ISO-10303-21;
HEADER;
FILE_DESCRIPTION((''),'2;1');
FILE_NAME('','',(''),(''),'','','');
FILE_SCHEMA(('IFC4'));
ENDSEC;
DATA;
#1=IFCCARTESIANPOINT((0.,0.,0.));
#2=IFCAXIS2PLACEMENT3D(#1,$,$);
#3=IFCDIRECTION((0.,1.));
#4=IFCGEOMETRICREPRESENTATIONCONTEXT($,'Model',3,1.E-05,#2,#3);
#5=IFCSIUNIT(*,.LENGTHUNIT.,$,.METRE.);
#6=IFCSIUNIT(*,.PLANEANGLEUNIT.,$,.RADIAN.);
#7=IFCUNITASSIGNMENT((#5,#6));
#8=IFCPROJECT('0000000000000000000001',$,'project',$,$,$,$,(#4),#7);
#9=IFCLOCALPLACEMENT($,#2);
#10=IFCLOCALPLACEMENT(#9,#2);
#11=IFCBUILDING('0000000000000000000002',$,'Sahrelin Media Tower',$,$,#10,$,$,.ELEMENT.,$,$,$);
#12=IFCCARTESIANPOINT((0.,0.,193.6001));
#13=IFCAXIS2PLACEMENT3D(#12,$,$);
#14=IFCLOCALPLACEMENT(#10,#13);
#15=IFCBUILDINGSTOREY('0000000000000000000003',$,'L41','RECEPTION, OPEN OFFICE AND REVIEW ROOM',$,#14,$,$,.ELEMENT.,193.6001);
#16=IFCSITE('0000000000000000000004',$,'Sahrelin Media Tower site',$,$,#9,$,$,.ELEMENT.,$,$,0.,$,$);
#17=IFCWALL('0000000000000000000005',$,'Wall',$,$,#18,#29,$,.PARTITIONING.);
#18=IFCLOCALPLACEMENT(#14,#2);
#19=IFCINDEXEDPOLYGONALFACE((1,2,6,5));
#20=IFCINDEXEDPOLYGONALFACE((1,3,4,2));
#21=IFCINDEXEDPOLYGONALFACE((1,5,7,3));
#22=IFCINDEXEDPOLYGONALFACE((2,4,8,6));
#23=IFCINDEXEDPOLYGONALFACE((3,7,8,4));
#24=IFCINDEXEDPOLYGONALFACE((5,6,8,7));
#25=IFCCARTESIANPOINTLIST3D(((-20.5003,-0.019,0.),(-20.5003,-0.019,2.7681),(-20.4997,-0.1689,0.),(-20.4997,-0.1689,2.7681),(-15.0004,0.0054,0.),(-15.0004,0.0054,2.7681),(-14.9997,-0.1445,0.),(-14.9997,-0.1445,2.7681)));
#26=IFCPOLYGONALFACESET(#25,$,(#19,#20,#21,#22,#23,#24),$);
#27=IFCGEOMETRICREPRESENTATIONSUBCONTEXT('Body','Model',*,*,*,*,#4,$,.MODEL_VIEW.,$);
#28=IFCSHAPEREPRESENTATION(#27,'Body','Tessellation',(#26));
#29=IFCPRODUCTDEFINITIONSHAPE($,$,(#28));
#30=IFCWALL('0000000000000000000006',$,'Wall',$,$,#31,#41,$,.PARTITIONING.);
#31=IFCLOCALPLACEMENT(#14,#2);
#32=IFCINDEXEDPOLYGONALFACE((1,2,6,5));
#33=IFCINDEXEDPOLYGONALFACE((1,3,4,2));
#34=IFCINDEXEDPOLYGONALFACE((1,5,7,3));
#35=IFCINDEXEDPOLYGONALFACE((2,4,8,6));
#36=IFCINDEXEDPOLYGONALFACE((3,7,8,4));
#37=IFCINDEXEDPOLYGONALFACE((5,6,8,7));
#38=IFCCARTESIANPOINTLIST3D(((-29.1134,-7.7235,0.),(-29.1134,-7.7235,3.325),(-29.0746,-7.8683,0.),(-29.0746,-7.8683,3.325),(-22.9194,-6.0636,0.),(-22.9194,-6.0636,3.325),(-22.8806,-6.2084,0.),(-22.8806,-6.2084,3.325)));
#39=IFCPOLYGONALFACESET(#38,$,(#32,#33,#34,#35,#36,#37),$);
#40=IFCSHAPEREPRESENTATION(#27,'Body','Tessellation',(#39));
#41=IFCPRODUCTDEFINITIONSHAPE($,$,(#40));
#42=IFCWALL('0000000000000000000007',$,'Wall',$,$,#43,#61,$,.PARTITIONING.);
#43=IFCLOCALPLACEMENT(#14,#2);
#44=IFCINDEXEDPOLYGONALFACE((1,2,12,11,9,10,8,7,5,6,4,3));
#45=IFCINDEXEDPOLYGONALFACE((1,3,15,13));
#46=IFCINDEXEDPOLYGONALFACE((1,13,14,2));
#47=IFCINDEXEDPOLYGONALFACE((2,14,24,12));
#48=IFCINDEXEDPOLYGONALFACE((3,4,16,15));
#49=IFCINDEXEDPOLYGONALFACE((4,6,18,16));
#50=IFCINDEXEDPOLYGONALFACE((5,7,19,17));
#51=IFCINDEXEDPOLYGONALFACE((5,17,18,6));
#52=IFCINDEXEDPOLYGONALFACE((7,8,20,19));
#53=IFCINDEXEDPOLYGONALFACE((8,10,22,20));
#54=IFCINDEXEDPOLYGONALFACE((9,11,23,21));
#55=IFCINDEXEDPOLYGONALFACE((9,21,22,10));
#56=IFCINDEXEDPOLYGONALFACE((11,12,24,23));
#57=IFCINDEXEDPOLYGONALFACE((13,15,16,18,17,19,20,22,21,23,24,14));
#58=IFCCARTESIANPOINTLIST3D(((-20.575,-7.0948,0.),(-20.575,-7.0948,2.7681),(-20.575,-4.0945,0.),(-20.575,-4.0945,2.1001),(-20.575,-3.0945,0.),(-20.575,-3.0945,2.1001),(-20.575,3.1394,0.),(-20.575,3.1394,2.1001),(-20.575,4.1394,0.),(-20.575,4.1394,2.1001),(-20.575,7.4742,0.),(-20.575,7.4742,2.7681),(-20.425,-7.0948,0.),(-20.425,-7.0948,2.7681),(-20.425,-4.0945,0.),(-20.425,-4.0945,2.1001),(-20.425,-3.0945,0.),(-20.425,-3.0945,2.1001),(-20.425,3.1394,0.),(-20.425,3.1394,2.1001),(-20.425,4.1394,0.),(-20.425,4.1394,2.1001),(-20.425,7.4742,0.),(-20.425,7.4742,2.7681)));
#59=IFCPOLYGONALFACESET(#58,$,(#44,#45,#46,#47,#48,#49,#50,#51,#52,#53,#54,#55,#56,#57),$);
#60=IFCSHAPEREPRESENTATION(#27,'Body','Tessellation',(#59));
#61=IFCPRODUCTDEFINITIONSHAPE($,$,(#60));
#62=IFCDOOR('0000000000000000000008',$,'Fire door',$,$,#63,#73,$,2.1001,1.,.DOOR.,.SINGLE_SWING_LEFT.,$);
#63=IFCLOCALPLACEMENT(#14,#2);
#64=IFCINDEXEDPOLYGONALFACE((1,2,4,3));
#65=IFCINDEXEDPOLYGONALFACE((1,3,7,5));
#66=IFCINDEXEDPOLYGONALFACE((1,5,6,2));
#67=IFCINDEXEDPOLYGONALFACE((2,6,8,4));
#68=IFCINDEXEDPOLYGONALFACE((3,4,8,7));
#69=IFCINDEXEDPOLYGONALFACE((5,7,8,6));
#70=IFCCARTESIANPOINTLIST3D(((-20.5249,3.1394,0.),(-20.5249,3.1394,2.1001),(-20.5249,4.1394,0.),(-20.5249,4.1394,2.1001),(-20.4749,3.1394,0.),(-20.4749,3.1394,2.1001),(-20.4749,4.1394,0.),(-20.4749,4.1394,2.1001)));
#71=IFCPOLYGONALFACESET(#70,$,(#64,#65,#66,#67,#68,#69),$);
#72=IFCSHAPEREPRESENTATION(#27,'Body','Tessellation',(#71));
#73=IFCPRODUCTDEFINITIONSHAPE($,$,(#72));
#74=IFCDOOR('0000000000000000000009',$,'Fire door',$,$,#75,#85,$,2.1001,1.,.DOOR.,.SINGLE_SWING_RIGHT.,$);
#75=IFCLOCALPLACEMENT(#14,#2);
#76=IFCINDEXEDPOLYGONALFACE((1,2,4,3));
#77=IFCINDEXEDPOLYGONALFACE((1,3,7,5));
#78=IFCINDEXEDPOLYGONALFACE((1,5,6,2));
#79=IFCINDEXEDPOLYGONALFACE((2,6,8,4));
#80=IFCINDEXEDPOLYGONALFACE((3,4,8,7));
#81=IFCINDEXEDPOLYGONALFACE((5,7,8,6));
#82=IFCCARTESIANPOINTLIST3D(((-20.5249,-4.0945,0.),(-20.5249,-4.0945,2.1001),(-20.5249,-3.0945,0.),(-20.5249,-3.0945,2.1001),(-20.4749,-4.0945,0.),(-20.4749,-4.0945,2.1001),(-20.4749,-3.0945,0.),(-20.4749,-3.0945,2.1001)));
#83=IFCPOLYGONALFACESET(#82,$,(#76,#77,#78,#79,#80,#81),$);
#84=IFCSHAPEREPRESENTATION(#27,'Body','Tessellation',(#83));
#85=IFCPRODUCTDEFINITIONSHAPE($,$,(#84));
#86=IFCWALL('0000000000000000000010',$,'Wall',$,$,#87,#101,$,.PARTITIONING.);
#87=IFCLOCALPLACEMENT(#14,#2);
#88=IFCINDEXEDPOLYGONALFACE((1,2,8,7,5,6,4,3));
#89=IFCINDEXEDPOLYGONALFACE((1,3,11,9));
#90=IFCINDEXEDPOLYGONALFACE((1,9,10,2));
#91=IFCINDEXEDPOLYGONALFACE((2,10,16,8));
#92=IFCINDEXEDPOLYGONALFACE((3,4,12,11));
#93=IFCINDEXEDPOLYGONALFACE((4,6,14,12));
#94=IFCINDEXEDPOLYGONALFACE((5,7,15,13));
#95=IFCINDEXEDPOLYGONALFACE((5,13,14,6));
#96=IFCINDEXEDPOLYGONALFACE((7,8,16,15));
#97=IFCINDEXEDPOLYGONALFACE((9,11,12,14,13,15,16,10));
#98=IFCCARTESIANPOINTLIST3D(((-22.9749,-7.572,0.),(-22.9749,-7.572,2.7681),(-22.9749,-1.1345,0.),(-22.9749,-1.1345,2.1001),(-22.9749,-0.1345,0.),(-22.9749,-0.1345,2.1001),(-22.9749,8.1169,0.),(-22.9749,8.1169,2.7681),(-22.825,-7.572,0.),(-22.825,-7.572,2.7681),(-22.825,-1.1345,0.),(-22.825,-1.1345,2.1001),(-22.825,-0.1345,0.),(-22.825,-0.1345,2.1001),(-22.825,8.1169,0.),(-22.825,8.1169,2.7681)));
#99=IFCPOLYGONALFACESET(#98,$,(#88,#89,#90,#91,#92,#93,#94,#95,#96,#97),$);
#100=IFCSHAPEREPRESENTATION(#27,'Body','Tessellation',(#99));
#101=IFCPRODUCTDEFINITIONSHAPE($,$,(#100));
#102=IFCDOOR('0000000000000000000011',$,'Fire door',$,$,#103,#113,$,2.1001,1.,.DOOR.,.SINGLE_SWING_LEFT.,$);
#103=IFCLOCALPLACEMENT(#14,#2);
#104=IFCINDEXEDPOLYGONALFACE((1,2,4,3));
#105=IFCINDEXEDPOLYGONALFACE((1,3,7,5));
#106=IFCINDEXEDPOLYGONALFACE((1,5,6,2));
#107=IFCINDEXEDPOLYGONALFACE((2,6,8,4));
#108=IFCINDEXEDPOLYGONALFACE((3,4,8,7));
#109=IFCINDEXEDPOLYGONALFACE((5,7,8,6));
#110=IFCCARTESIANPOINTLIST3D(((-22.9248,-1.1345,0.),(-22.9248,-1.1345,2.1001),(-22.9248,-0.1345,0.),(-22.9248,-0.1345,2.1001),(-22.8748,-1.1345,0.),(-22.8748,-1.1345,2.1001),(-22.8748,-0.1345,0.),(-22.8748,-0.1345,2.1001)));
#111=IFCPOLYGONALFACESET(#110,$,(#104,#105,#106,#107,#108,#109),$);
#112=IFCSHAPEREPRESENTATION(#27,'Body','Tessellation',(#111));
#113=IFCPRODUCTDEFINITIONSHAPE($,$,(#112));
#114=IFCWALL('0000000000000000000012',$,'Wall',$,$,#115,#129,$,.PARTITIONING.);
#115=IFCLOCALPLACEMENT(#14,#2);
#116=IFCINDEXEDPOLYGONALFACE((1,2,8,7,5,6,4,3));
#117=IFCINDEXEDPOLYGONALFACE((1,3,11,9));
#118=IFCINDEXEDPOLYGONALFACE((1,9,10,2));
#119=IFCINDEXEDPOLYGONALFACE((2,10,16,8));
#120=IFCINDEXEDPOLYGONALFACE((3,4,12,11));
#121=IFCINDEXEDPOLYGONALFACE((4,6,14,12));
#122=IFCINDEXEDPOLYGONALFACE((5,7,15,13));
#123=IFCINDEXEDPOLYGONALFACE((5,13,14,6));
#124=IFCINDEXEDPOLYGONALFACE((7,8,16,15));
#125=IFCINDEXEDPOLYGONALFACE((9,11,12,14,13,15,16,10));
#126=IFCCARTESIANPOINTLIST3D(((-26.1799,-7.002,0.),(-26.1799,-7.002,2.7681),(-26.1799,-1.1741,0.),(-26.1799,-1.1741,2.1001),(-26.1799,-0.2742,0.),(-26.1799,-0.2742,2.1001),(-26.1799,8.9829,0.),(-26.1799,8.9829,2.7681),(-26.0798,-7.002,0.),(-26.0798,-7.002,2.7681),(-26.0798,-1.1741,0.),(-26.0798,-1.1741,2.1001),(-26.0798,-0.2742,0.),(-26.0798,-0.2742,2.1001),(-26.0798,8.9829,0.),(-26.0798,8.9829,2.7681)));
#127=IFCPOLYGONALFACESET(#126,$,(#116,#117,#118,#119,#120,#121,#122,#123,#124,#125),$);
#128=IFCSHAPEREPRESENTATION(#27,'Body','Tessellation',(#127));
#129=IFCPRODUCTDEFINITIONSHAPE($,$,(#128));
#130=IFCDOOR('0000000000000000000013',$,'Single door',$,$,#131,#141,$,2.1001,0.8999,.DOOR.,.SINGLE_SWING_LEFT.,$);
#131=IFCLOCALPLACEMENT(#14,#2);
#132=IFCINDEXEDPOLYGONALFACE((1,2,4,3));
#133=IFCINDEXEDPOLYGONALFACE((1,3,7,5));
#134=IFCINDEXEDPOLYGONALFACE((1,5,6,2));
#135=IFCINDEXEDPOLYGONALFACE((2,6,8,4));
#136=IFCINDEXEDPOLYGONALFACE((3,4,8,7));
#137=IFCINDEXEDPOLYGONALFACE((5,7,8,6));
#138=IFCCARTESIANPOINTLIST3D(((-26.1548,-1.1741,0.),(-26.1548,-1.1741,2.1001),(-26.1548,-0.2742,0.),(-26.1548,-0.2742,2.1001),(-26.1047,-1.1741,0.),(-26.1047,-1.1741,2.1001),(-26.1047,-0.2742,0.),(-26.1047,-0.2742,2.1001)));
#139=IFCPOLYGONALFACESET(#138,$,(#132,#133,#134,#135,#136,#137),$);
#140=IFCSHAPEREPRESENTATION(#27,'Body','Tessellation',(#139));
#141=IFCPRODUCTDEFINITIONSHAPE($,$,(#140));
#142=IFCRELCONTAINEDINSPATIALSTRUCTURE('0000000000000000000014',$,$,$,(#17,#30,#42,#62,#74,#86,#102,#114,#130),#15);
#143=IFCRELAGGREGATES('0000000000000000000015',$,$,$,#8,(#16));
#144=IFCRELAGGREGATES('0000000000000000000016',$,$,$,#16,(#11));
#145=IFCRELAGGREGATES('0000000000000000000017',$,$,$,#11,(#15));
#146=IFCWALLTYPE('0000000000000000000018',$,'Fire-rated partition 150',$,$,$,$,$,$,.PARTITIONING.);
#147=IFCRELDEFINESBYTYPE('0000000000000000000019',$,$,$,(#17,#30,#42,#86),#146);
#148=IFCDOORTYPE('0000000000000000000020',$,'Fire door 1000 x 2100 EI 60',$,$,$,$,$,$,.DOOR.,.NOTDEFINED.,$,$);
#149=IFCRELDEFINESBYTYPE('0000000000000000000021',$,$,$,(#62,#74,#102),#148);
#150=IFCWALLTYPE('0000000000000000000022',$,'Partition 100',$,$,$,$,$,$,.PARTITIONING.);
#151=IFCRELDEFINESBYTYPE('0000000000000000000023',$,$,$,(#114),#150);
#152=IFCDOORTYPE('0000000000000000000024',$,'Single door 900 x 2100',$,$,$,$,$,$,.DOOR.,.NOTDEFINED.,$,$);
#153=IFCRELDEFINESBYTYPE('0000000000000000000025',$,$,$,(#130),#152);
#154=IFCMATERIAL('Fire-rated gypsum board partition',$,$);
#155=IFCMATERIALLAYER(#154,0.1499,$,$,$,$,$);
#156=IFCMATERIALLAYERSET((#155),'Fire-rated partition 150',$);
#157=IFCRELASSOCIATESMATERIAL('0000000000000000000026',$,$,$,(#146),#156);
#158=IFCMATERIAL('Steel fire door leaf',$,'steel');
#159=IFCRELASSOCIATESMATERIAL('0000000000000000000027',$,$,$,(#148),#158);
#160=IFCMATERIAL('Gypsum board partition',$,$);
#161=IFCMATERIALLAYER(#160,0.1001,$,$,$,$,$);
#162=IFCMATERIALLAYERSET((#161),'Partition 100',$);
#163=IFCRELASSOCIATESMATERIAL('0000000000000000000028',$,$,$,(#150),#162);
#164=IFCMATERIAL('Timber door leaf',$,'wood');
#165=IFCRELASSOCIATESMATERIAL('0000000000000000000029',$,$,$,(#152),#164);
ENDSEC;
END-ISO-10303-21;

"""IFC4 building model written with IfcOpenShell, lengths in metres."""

from ifc_helpers import new_model, si_unit, direction, frame, frame_2d, origin, place, context, subcontext, project, spatial, rectangle, extrude, material, layer, layer_set, type_object, element, fill, save


model = new_model("IFC4")

# Units and contexts
model_context = context("Model", 3, precision=1e-05, world=origin(), true_north=direction((0.0, 1.0)))
body_context = subcontext(model_context, "Body", "Model", "MODEL_VIEW")
ifc_project = project(units=[si_unit("LENGTHUNIT", "METRE"), si_unit("PLANEANGLEUNIT", "RADIAN")], contexts=[model_context])

# Site, building, storey
site_placement = place(None, origin())
site = spatial("IfcSite", under=ifc_project, at=site_placement, Name="Sahrelin Media Tower site", CompositionType="ELEMENT", RefElevation=0.0)
building_placement = place(site_placement, origin())
building = spatial("IfcBuilding", under=site, at=building_placement, Name="Sahrelin Media Tower", CompositionType="ELEMENT")
storey_placement = place(building_placement, frame((0.0, 0.0, 193.6001)))
storey = spatial("IfcBuildingStorey", under=building, at=storey_placement, Name="L41", Description="RECEPTION, OPEN OFFICE AND REVIEW ROOM", CompositionType="ELEMENT", Elevation=193.6001)

# Shared definitions
ifc_material_1 = material(Name="Fire-rated gypsum board partition")
ifc_layer_1 = layer(ifc_material_1, 0.1499)
ifc_layer_set_1 = layer_set([ifc_layer_1], Name="Fire-rated partition 150")
wall_type_1 = type_object("IfcWallType", Name="Fire-rated partition 150", PredefinedType="PARTITIONING", material=ifc_layer_set_1)
ifc_material_2 = material(Name="Steel fire door leaf", Category="steel")
door_type_1 = type_object("IfcDoorType", Name="Fire door 1000 x 2100 EI 60", OperationType="NOTDEFINED", PredefinedType="DOOR", material=ifc_material_2)

# Walls
wall_1_placement = place(storey_placement, frame((-20.5, -0.094, 0.0), z_axis=(0.0, 0.0, 1.0), x_axis=(0.99999, 0.004439, 0.0)))
element("IfcWall", 1, at=wall_1_placement, inside=storey, type_object=wall_type_1, Name="Wall", PredefinedType="PARTITIONING", context=body_context, shape_type="SweptSolid", body=[
    extrude(rectangle(XDim=5.5, YDim=0.1499, at=frame_2d((2.75, 0.0))), origin(), (0.0, 0.0, 1.0), 2.7681),
])
wall_2_placement = place(storey_placement, frame((-29.094, -7.7959, 0.0), z_axis=(0.0, 0.0, 1.0), x_axis=(0.965918, 0.25885, 0.0)))
element("IfcWall", 2, at=wall_2_placement, inside=storey, type_object=wall_type_1, Name="Wall", PredefinedType="PARTITIONING", context=body_context, shape_type="SweptSolid", body=[
    extrude(rectangle(XDim=6.4126, YDim=0.1499, at=frame_2d((3.2063, 0.0))), origin(), (0.0, 0.0, 1.0), 3.325),
])

# Wall, openings, doors
wall_3_placement = place(storey_placement, frame((-20.5, -7.095, 0.0), z_axis=(0.0, 0.0, 1.0), x_axis=(0.0, 1.0, 0.0)))
wall_3 = element("IfcWall", 3, at=wall_3_placement, inside=storey, type_object=wall_type_1, Name="Wall", PredefinedType="PARTITIONING", context=body_context, shape_type="SweptSolid", body=[
    extrude(rectangle(XDim=14.5691, YDim=0.1499, at=frame_2d((7.2847, 0.0))), origin(), (0.0, 0.0, 1.0), 2.7681),
])
opening_1_placement = place(wall_3_placement, frame((10.2344, 0.0, 0.0)))
opening_1 = element("IfcOpeningElement", 4, at=opening_1_placement, cuts=wall_3, PredefinedType="OPENING", context=body_context, shape_type="SweptSolid", body=[
    extrude(rectangle(XDim=1.0, YDim=2.1001, at=frame_2d((0.5, 1.05))), frame((0.0, 0.075, 0.0), z_axis=(0.0, -1.0, 0.0), x_axis=(1.0, 0.0, 0.0)), (0.0, 0.0, 1.0), 0.1499),
])
opening_2_placement = place(wall_3_placement, frame((3.0005, 0.0, 0.0)))
opening_2 = element("IfcOpeningElement", 5, at=opening_2_placement, cuts=wall_3, PredefinedType="OPENING", context=body_context, shape_type="SweptSolid", body=[
    extrude(rectangle(XDim=1.0, YDim=2.1001, at=frame_2d((0.5, 1.05))), frame((0.0, 0.075, 0.0), z_axis=(0.0, -1.0, 0.0), x_axis=(1.0, 0.0, 0.0)), (0.0, 0.0, 1.0), 0.1499),
])
door_1_placement = place(opening_1_placement, origin())
door_1 = element("IfcDoor", 6, at=door_1_placement, inside=storey, type_object=door_type_1, Name="Fire door", OperationType="SINGLE_SWING_LEFT", OverallHeight=2.1001, OverallWidth=1.0, PredefinedType="DOOR", context=body_context, shape_type="SweptSolid", body=[
    extrude(rectangle(XDim=1.0, YDim=2.1001, at=frame_2d((0.5, 1.05))), frame((0.0, 0.0249, 0.0), z_axis=(0.0, -1.0, 0.0), x_axis=(1.0, 0.0, 0.0)), (0.0, 0.0, 1.0), 0.05),
])
fill(opening_1, door_1)
door_2_placement = place(opening_2_placement, origin())
door_2 = element("IfcDoor", 7, at=door_2_placement, inside=storey, type_object=door_type_1, Name="Fire door", OperationType="SINGLE_SWING_RIGHT", OverallHeight=2.1001, OverallWidth=1.0, PredefinedType="DOOR", context=body_context, shape_type="SweptSolid", body=[
    extrude(rectangle(XDim=1.0, YDim=2.1001, at=frame_2d((0.5, 1.05))), frame((0.0, 0.0249, 0.0), z_axis=(0.0, -1.0, 0.0), x_axis=(1.0, 0.0, 0.0)), (0.0, 0.0, 1.0), 0.05),
])
fill(opening_2, door_2)

# Walls, openings, doors
wall_4_placement = place(storey_placement, frame((-22.8999, -7.572, 0.0), z_axis=(0.0, 0.0, 1.0), x_axis=(0.0, 1.0, 0.0)))
wall_4 = element("IfcWall", 8, at=wall_4_placement, inside=storey, type_object=wall_type_1, Name="Wall", PredefinedType="PARTITIONING", context=body_context, shape_type="SweptSolid", body=[
    extrude(rectangle(XDim=15.689, YDim=0.1499, at=frame_2d((7.8445, 0.0))), origin(), (0.0, 0.0, 1.0), 2.7681),
])
opening_3_placement = place(wall_4_placement, frame((6.4375, 0.0, 0.0)))
opening_3 = element("IfcOpeningElement", 9, at=opening_3_placement, cuts=wall_4, PredefinedType="OPENING", context=body_context, shape_type="SweptSolid", body=[
    extrude(rectangle(XDim=1.0, YDim=2.1001, at=frame_2d((0.5, 1.05))), frame((0.0, 0.075, 0.0), z_axis=(0.0, -1.0, 0.0), x_axis=(1.0, 0.0, 0.0)), (0.0, 0.0, 1.0), 0.1499),
])
door_3_placement = place(opening_3_placement, origin())
door_3 = element("IfcDoor", 10, at=door_3_placement, inside=storey, type_object=door_type_1, Name="Fire door", OperationType="SINGLE_SWING_LEFT", OverallHeight=2.1001, OverallWidth=1.0, PredefinedType="DOOR", context=body_context, shape_type="SweptSolid", body=[
    extrude(rectangle(XDim=1.0, YDim=2.1001, at=frame_2d((0.5, 1.05))), frame((0.0, 0.0249, 0.0), z_axis=(0.0, -1.0, 0.0), x_axis=(1.0, 0.0, 0.0)), (0.0, 0.0, 1.0), 0.05),
])
fill(opening_3, door_3)
ifc_material_3 = material(Name="Gypsum board partition")
ifc_layer_2 = layer(ifc_material_3, 0.1001)
ifc_layer_set_2 = layer_set([ifc_layer_2], Name="Partition 100")
wall_type_2 = type_object("IfcWallType", Name="Partition 100", PredefinedType="PARTITIONING", material=ifc_layer_set_2)
wall_5_placement = place(storey_placement, frame((-26.1299, -7.002, 0.0), z_axis=(0.0, 0.0, 1.0), x_axis=(0.0, 1.0, 0.0)))
wall_5 = element("IfcWall", 11, at=wall_5_placement, inside=storey, type_object=wall_type_2, Name="Wall", PredefinedType="PARTITIONING", context=body_context, shape_type="SweptSolid", body=[
    extrude(rectangle(XDim=15.9849, YDim=0.1001, at=frame_2d((7.9924, 0.0))), origin(), (0.0, 0.0, 1.0), 2.7681),
])
opening_4_placement = place(wall_5_placement, frame((5.8279, 0.0, 0.0)))
opening_4 = element("IfcOpeningElement", 12, at=opening_4_placement, cuts=wall_5, PredefinedType="OPENING", context=body_context, shape_type="SweptSolid", body=[
    extrude(rectangle(XDim=0.8999, YDim=2.1001, at=frame_2d((0.45, 1.05))), frame((0.0, 0.05, 0.0), z_axis=(0.0, -1.0, 0.0), x_axis=(1.0, 0.0, 0.0)), (0.0, 0.0, 1.0), 0.1001),
])
ifc_material_4 = material(Name="Timber door leaf", Category="wood")
door_type_2 = type_object("IfcDoorType", Name="Single door 900 x 2100", OperationType="NOTDEFINED", PredefinedType="DOOR", material=ifc_material_4)
door_4_placement = place(opening_4_placement, origin())
door_4 = element("IfcDoor", 13, at=door_4_placement, inside=storey, type_object=door_type_2, Name="Single door", OperationType="SINGLE_SWING_LEFT", OverallHeight=2.1001, OverallWidth=0.8999, PredefinedType="DOOR", context=body_context, shape_type="SweptSolid", body=[
    extrude(rectangle(XDim=0.8999, YDim=2.1001, at=frame_2d((0.45, 1.05))), frame((0.0, 0.0249, 0.0), z_axis=(0.0, -1.0, 0.0), x_axis=(1.0, 0.0, 0.0)), (0.0, 0.0, 1.0), 0.05),
])
fill(opening_4, door_4)

save(model, "model.ifc")
